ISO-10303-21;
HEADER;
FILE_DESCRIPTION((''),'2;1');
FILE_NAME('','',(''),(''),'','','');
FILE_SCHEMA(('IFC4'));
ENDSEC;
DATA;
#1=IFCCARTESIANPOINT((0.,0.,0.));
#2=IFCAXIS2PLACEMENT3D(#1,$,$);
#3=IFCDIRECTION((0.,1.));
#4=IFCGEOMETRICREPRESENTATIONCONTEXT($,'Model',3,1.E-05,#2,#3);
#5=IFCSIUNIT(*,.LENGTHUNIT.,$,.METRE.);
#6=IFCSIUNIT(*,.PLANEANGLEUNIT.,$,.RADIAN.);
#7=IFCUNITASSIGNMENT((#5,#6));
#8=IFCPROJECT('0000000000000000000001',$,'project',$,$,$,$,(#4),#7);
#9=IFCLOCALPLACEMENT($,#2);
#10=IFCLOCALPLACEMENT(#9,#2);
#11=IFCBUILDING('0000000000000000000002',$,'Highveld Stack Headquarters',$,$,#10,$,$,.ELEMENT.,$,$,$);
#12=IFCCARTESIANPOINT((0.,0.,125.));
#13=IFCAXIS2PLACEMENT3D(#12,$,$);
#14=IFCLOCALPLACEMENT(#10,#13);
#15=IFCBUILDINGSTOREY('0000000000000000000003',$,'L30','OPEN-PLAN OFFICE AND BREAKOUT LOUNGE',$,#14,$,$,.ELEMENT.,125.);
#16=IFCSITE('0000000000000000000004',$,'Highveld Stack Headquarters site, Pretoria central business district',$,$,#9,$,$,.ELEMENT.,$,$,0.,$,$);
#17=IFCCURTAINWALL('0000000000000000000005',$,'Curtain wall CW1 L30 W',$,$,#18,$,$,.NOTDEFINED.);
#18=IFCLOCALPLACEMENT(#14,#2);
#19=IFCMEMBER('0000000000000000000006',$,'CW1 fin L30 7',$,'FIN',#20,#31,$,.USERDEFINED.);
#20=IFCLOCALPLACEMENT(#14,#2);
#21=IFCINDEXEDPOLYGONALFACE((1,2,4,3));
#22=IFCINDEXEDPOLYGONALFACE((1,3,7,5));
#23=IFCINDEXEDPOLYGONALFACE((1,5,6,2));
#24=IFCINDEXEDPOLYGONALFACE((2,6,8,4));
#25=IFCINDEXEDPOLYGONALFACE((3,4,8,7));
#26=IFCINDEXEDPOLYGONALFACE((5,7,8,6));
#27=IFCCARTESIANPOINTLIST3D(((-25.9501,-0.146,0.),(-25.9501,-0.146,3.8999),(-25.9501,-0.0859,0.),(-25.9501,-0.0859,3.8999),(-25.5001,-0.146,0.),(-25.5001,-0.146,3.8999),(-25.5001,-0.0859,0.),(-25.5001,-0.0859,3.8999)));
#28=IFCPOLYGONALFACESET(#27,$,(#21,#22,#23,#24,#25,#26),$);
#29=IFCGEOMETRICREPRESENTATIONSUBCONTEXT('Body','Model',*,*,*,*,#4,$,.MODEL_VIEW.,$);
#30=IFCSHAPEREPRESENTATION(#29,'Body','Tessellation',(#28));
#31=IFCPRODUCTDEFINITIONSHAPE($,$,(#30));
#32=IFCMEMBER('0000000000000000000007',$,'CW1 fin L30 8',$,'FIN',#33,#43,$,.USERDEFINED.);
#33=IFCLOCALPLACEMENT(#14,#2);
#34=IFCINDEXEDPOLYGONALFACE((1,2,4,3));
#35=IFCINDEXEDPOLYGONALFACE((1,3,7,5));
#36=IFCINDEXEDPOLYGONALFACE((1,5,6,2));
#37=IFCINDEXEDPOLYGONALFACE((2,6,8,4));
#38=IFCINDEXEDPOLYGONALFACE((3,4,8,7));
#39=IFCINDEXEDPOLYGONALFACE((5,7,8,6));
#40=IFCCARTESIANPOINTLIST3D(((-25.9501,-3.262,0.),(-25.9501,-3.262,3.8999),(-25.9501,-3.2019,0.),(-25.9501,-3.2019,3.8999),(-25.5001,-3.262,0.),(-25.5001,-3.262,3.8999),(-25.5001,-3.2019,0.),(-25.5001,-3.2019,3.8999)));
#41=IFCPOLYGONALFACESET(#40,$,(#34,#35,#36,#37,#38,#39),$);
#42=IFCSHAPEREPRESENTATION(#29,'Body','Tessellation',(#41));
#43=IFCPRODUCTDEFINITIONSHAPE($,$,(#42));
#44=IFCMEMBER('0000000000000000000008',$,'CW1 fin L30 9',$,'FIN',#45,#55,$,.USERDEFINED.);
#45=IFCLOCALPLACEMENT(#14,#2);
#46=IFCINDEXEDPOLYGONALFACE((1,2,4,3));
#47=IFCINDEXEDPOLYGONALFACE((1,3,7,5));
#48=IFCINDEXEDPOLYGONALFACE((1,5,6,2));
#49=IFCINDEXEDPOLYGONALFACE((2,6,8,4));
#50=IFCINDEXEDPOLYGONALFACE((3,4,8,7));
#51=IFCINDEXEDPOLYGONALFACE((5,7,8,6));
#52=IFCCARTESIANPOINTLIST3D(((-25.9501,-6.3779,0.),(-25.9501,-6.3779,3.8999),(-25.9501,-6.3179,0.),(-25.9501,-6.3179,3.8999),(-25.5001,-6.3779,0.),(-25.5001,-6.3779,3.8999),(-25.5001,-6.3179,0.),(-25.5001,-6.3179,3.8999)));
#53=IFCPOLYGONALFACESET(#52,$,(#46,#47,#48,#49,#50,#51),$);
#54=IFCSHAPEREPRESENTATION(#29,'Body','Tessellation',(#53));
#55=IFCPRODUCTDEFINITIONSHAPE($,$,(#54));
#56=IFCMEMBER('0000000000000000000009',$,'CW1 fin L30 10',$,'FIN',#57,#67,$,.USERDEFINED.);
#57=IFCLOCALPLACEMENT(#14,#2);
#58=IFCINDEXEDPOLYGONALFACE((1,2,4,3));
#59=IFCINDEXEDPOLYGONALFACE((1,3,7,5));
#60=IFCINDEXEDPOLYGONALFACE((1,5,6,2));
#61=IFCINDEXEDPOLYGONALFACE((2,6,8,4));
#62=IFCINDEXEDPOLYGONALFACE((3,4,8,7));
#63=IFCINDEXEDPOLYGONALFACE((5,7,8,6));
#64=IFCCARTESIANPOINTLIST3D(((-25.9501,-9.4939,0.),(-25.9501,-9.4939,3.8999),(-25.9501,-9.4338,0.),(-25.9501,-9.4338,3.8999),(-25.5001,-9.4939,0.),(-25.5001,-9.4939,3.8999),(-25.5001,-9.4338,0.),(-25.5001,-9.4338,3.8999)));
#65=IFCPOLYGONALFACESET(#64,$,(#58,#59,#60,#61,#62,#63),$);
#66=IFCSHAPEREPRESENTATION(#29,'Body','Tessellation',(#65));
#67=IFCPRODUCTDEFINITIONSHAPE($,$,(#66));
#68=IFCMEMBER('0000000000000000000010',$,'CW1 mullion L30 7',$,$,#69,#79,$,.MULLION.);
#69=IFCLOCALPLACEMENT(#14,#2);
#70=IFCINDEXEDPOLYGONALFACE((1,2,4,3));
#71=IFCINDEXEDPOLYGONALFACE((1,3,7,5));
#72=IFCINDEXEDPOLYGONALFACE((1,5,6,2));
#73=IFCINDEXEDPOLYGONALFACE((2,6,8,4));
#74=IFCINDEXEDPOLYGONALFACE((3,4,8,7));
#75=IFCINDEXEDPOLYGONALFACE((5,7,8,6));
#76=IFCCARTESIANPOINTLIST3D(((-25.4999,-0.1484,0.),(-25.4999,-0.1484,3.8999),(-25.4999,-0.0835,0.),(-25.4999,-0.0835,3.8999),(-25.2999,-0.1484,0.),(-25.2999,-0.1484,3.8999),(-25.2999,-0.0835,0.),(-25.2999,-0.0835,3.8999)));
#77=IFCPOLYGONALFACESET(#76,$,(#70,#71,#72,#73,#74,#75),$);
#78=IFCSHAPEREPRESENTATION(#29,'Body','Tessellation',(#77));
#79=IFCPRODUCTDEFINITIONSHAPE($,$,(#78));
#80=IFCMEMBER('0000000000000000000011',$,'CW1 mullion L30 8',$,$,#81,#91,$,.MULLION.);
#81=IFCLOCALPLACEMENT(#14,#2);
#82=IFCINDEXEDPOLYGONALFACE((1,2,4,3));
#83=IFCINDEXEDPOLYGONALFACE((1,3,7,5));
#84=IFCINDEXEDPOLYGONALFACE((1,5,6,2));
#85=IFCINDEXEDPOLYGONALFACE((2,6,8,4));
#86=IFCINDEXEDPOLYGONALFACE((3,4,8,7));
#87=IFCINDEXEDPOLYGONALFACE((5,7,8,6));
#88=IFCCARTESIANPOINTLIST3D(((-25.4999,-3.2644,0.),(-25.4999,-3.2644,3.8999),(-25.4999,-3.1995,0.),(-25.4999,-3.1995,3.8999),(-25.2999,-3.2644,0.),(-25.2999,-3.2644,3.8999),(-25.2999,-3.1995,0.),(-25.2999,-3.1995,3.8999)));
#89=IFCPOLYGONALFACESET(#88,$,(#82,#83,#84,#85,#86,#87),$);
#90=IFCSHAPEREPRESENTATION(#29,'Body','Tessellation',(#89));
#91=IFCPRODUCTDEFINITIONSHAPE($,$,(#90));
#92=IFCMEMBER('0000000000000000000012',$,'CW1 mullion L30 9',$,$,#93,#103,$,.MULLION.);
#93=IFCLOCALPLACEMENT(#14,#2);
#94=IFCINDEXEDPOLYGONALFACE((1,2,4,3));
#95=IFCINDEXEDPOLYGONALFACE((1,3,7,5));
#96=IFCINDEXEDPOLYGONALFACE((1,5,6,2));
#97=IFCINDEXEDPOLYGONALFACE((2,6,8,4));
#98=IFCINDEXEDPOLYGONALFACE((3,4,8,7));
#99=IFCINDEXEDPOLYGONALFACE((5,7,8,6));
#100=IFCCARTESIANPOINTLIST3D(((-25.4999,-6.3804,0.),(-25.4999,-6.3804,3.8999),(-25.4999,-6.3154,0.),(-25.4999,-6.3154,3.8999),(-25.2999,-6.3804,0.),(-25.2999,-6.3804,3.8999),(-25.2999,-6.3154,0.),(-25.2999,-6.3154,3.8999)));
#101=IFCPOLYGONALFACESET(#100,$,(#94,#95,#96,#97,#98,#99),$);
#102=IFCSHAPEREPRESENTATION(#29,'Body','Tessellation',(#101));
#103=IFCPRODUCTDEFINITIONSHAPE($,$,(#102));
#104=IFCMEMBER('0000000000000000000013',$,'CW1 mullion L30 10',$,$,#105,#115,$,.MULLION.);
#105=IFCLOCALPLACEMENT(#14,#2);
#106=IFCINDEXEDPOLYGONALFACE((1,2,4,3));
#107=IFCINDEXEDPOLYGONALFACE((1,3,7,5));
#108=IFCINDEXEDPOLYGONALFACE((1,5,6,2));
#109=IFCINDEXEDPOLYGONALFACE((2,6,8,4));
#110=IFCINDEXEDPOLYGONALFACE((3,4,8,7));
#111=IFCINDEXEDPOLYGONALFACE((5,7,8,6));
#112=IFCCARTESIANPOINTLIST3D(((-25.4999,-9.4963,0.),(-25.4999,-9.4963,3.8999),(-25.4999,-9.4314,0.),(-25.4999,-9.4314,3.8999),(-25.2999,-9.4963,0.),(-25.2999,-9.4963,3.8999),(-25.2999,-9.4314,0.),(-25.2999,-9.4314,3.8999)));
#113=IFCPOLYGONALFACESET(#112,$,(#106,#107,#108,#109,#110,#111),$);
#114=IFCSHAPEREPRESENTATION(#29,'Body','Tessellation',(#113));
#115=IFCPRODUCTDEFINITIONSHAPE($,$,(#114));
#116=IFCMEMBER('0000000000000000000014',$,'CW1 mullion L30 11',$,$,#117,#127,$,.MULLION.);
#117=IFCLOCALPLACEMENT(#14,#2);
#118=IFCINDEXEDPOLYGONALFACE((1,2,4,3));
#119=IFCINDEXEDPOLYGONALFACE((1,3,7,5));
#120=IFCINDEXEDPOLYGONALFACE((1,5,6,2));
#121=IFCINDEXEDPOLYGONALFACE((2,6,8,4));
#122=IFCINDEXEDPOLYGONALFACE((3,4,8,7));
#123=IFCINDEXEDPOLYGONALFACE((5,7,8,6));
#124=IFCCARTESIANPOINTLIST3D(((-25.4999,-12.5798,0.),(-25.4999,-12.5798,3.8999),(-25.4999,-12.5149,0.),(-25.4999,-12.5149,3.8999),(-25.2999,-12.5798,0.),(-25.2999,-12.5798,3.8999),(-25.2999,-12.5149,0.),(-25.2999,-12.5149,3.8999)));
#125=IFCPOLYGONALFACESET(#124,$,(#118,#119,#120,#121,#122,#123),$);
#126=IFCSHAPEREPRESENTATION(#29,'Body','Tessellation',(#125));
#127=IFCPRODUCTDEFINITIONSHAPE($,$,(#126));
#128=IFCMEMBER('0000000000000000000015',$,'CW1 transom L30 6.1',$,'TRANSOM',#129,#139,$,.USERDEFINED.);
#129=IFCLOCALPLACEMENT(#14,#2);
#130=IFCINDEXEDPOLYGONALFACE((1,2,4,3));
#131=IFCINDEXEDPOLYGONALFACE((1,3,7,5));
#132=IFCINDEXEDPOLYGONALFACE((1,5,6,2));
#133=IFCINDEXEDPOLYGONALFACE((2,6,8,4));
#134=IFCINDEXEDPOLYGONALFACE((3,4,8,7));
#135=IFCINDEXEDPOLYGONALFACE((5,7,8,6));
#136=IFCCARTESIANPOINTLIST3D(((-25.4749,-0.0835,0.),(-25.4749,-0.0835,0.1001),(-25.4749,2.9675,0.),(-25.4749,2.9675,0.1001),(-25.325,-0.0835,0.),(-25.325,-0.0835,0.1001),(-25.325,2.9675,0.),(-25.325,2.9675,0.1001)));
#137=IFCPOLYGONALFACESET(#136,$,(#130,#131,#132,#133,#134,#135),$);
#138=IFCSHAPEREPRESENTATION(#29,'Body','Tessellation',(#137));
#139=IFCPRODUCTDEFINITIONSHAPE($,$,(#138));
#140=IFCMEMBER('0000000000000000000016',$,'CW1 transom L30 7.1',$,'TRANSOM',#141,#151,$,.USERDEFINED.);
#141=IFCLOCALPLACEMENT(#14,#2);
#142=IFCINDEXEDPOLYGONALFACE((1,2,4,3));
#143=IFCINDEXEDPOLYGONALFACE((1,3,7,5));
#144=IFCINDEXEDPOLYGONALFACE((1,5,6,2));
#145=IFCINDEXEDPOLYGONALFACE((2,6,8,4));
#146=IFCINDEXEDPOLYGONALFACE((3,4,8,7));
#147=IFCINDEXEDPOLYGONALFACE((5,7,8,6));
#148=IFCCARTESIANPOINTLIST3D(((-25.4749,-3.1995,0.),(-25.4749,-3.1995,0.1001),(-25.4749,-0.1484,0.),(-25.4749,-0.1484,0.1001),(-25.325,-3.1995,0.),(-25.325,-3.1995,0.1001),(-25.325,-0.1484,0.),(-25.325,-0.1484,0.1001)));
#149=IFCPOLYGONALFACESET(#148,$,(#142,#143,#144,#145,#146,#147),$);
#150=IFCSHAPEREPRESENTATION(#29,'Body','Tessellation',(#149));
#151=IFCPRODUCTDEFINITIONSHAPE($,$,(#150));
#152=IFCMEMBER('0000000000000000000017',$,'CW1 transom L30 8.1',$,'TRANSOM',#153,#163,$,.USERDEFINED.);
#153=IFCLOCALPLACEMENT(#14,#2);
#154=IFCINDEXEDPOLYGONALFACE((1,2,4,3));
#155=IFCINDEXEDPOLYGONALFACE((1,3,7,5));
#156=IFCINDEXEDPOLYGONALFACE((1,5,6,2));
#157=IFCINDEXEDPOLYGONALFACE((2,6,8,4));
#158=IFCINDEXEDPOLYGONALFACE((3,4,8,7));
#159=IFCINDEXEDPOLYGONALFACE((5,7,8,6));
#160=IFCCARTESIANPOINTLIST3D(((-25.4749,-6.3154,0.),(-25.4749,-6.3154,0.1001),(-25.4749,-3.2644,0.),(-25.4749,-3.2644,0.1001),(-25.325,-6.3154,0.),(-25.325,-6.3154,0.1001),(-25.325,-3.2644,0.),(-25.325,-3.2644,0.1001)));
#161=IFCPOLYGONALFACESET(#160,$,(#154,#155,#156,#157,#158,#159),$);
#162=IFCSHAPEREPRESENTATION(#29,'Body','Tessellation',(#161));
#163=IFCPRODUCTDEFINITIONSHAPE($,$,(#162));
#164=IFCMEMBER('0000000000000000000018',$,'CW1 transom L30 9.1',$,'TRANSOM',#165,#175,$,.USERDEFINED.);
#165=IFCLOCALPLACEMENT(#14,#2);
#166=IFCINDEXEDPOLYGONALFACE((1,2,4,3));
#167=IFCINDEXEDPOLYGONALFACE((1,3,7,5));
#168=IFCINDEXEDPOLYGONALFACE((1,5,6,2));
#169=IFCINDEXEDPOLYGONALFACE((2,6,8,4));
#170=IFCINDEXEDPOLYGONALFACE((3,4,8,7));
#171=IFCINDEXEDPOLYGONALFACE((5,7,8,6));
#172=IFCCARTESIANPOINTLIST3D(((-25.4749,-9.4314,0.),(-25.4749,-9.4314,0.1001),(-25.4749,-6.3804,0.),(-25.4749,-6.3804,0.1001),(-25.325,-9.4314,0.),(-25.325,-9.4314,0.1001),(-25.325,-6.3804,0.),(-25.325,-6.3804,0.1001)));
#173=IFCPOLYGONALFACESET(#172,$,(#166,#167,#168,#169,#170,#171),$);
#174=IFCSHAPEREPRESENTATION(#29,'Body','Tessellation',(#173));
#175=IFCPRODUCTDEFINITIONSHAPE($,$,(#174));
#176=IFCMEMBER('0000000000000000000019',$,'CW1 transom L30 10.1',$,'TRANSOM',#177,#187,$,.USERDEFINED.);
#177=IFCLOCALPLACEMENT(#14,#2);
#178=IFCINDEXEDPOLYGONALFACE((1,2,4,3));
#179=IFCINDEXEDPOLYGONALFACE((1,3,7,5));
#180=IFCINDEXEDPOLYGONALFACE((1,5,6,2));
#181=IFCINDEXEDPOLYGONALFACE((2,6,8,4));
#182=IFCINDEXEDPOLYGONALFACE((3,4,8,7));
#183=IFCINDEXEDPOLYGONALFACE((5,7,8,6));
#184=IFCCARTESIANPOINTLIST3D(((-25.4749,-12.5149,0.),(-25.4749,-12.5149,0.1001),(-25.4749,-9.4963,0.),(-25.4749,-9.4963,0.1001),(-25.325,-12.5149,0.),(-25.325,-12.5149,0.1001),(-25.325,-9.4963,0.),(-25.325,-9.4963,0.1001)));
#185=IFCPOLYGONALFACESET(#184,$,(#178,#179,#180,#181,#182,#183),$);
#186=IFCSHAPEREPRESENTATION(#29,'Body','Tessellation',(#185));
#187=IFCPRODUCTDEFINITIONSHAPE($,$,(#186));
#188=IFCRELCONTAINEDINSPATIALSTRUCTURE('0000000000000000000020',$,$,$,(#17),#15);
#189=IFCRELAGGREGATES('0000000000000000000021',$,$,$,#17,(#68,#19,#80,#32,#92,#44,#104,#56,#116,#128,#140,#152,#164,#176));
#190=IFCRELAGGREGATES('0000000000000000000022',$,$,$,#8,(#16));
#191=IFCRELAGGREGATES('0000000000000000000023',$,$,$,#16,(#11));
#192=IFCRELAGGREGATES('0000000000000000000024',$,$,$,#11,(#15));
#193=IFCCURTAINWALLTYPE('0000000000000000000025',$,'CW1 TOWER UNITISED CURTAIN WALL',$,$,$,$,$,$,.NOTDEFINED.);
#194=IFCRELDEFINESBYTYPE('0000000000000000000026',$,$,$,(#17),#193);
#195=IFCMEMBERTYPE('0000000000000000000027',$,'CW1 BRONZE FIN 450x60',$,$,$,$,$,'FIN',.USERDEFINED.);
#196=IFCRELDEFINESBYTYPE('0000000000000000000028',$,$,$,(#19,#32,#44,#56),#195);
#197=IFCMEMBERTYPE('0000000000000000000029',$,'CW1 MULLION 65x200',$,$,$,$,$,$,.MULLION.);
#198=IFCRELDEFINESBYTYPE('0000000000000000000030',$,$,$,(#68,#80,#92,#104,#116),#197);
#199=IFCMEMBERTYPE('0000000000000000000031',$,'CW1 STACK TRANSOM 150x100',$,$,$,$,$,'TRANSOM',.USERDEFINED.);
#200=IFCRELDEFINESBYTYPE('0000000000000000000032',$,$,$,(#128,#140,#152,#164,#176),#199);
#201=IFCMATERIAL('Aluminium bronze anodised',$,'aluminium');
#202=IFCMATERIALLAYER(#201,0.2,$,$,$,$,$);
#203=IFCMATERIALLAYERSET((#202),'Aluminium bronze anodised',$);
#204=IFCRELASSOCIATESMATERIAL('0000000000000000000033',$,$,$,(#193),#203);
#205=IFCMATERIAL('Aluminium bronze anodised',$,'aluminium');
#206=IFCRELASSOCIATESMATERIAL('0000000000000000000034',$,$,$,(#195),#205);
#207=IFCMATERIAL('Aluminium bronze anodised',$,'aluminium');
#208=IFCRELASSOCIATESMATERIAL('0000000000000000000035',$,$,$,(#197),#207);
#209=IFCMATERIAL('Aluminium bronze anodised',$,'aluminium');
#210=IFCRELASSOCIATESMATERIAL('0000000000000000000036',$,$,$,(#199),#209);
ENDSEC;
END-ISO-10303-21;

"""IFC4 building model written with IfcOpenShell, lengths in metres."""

from ifc_helpers import new_model, si_unit, direction, frame, origin, origin_2d, place, context, subcontext, project, spatial, rectangle, extrude, material, layer, layer_set, material_profile, profile_set, type_object, element, aggregate, save


model = new_model("IFC4")

# Units and contexts
model_context = context("Model", 3, precision=1e-05, world=origin(), true_north=direction((0.0, 1.0)))
body_context = subcontext(model_context, "Body", "Model", "MODEL_VIEW")
ifc_project = project(units=[si_unit("LENGTHUNIT", "METRE"), si_unit("PLANEANGLEUNIT", "RADIAN")], contexts=[model_context])

# Site, building, storey
site_placement = place(None, origin())
site = spatial("IfcSite", under=ifc_project, at=site_placement, Name="Highveld Stack Headquarters site, Pretoria central business district", CompositionType="ELEMENT", RefElevation=0.0)
building_placement = place(site_placement, origin())
building = spatial("IfcBuilding", under=site, at=building_placement, Name="Highveld Stack Headquarters", CompositionType="ELEMENT")
storey_placement = place(building_placement, frame((0.0, 0.0, 125.0)))
storey = spatial("IfcBuildingStorey", under=building, at=storey_placement, Name="L30", Description="OPEN-PLAN OFFICE AND BREAKOUT LOUNGE", CompositionType="ELEMENT", Elevation=125.0)

# Curtain wall, members
ifc_material_1 = material(Name="Aluminium bronze anodised", Category="aluminium")
ifc_layer_1 = layer(ifc_material_1, 0.2)
ifc_layer_set_1 = layer_set([ifc_layer_1], Name="Aluminium bronze anodised")
curtain_wall_type = type_object("IfcCurtainWallType", Name="CW1 TOWER UNITISED CURTAIN WALL", PredefinedType="NOTDEFINED", material=ifc_layer_set_1)
curtain_wall_placement = place(storey_placement, origin())
curtain_wall = element("IfcCurtainWall", 1, at=curtain_wall_placement, inside=storey, type_object=curtain_wall_type, Name="Curtain wall CW1 L30 W", PredefinedType="NOTDEFINED")
ifc_material_2 = material(Name="Aluminium bronze anodised", Category="aluminium")
ifc_material_profile_1 = material_profile(ifc_material_2, rectangle(XDim=0.45, YDim=0.0601, at=origin_2d()), Name="FIN 450x60")
ifc_profile_set_1 = profile_set([ifc_material_profile_1], Name="Aluminium bronze anodised")
member_type_1 = type_object("IfcMemberType", Name="CW1 BRONZE FIN 450x60", ElementType="FIN", PredefinedType="USERDEFINED", material=ifc_profile_set_1)
member_1_placement = place(storey_placement, frame((-25.7251, -0.116, 0.0), z_axis=(0.0, 0.0, 1.0), x_axis=(1.0, 0.0, 0.0)))
member_1 = element("IfcMember", 2, at=member_1_placement, type_object=member_type_1, Name="CW1 fin L30 7", ObjectType="FIN", PredefinedType="USERDEFINED", context=body_context, shape_type="SweptSolid", body=[
    extrude(rectangle(XDim=0.45, YDim=0.0601, at=origin_2d()), origin(), (0.0, 0.0, 1.0), 3.8999),
])
member_2_placement = place(storey_placement, frame((-25.7251, -3.2319, 0.0), z_axis=(0.0, 0.0, 1.0), x_axis=(1.0, 0.0, 0.0)))
member_2 = element("IfcMember", 3, at=member_2_placement, type_object=member_type_1, Name="CW1 fin L30 8", ObjectType="FIN", PredefinedType="USERDEFINED", context=body_context, shape_type="SweptSolid", body=[
    extrude(rectangle(XDim=0.45, YDim=0.0601, at=origin_2d()), origin(), (0.0, 0.0, 1.0), 3.8999),
])
member_3_placement = place(storey_placement, frame((-25.7251, -6.3479, 0.0), z_axis=(0.0, 0.0, 1.0), x_axis=(1.0, 0.0, 0.0)))
member_3 = element("IfcMember", 4, at=member_3_placement, type_object=member_type_1, Name="CW1 fin L30 9", ObjectType="FIN", PredefinedType="USERDEFINED", context=body_context, shape_type="SweptSolid", body=[
    extrude(rectangle(XDim=0.45, YDim=0.0601, at=origin_2d()), origin(), (0.0, 0.0, 1.0), 3.8999),
])
member_4_placement = place(storey_placement, frame((-25.7251, -9.4639, 0.0), z_axis=(0.0, 0.0, 1.0), x_axis=(1.0, 0.0, 0.0)))
member_4 = element("IfcMember", 5, at=member_4_placement, type_object=member_type_1, Name="CW1 fin L30 10", ObjectType="FIN", PredefinedType="USERDEFINED", context=body_context, shape_type="SweptSolid", body=[
    extrude(rectangle(XDim=0.45, YDim=0.0601, at=origin_2d()), origin(), (0.0, 0.0, 1.0), 3.8999),
])
ifc_material_3 = material(Name="Aluminium bronze anodised", Category="aluminium")
ifc_material_profile_2 = material_profile(ifc_material_3, rectangle(XDim=0.2, YDim=0.0649, at=origin_2d()), Name="CW1 MULLION 65x200")
ifc_profile_set_2 = profile_set([ifc_material_profile_2], Name="Aluminium bronze anodised")
member_type_2 = type_object("IfcMemberType", Name="CW1 MULLION 65x200", PredefinedType="MULLION", material=ifc_profile_set_2)
member_5_placement = place(storey_placement, frame((-25.3999, -0.116, 0.0), z_axis=(0.0, 0.0, 1.0), x_axis=(1.0, 0.0, 0.0)))
member_5 = element("IfcMember", 6, at=member_5_placement, type_object=member_type_2, Name="CW1 mullion L30 7", PredefinedType="MULLION", context=body_context, shape_type="SweptSolid", body=[
    extrude(rectangle(XDim=0.2, YDim=0.0649, at=origin_2d()), origin(), (0.0, 0.0, 1.0), 3.8999),
])
member_6_placement = place(storey_placement, frame((-25.3999, -3.2319, 0.0), z_axis=(0.0, 0.0, 1.0), x_axis=(1.0, 0.0, 0.0)))
member_6 = element("IfcMember", 7, at=member_6_placement, type_object=member_type_2, Name="CW1 mullion L30 8", PredefinedType="MULLION", context=body_context, shape_type="SweptSolid", body=[
    extrude(rectangle(XDim=0.2, YDim=0.0649, at=origin_2d()), origin(), (0.0, 0.0, 1.0), 3.8999),
])
member_7_placement = place(storey_placement, frame((-25.3999, -6.3479, 0.0), z_axis=(0.0, 0.0, 1.0), x_axis=(1.0, 0.0, 0.0)))
member_7 = element("IfcMember", 8, at=member_7_placement, type_object=member_type_2, Name="CW1 mullion L30 9", PredefinedType="MULLION", context=body_context, shape_type="SweptSolid", body=[
    extrude(rectangle(XDim=0.2, YDim=0.0649, at=origin_2d()), origin(), (0.0, 0.0, 1.0), 3.8999),
])
member_8_placement = place(storey_placement, frame((-25.3999, -9.4639, 0.0), z_axis=(0.0, 0.0, 1.0), x_axis=(1.0, 0.0, 0.0)))
member_8 = element("IfcMember", 9, at=member_8_placement, type_object=member_type_2, Name="CW1 mullion L30 10", PredefinedType="MULLION", context=body_context, shape_type="SweptSolid", body=[
    extrude(rectangle(XDim=0.2, YDim=0.0649, at=origin_2d()), origin(), (0.0, 0.0, 1.0), 3.8999),
])
member_9_placement = place(storey_placement, frame((-25.3999, -12.5474, 0.0), z_axis=(0.0, 0.0, 1.0), x_axis=(1.0, 0.0, 0.0)))
member_9 = element("IfcMember", 10, at=member_9_placement, type_object=member_type_2, Name="CW1 mullion L30 11", PredefinedType="MULLION", context=body_context, shape_type="SweptSolid", body=[
    extrude(rectangle(XDim=0.2, YDim=0.0649, at=origin_2d()), origin(), (0.0, 0.0, 1.0), 3.8999),
])
ifc_material_4 = material(Name="Aluminium bronze anodised", Category="aluminium")
ifc_material_profile_3 = material_profile(ifc_material_4, rectangle(XDim=0.1499, YDim=0.1001, at=origin_2d()), Name="CW1 TRANSOM 150x100")
ifc_profile_set_3 = profile_set([ifc_material_profile_3], Name="Aluminium bronze anodised")
member_type_3 = type_object("IfcMemberType", Name="CW1 STACK TRANSOM 150x100", ElementType="TRANSOM", PredefinedType="USERDEFINED", material=ifc_profile_set_3)
member_10_placement = place(storey_placement, frame((-25.3999, 2.9675, 0.05), z_axis=(0.0, -1.0, 0.0), x_axis=(1.0, 0.0, 0.0)))
member_10 = element("IfcMember", 11, at=member_10_placement, type_object=member_type_3, Name="CW1 transom L30 6.1", ObjectType="TRANSOM", PredefinedType="USERDEFINED", context=body_context, shape_type="SweptSolid", body=[
    extrude(rectangle(XDim=0.1499, YDim=0.1001, at=origin_2d()), origin(), (0.0, 0.0, 1.0), 3.051),
])
member_11_placement = place(storey_placement, frame((-25.3999, -0.1484, 0.05), z_axis=(0.0, -1.0, 0.0), x_axis=(1.0, 0.0, 0.0)))
member_11 = element("IfcMember", 12, at=member_11_placement, type_object=member_type_3, Name="CW1 transom L30 7.1", ObjectType="TRANSOM", PredefinedType="USERDEFINED", context=body_context, shape_type="SweptSolid", body=[
    extrude(rectangle(XDim=0.1499, YDim=0.1001, at=origin_2d()), origin(), (0.0, 0.0, 1.0), 3.051),
])
member_12_placement = place(storey_placement, frame((-25.3999, -3.2644, 0.05), z_axis=(0.0, -1.0, 0.0), x_axis=(1.0, 0.0, 0.0)))
member_12 = element("IfcMember", 13, at=member_12_placement, type_object=member_type_3, Name="CW1 transom L30 8.1", ObjectType="TRANSOM", PredefinedType="USERDEFINED", context=body_context, shape_type="SweptSolid", body=[
    extrude(rectangle(XDim=0.1499, YDim=0.1001, at=origin_2d()), origin(), (0.0, 0.0, 1.0), 3.051),
])
member_13_placement = place(storey_placement, frame((-25.3999, -6.3804, 0.05), z_axis=(0.0, -1.0, 0.0), x_axis=(1.0, 0.0, 0.0)))
member_13 = element("IfcMember", 14, at=member_13_placement, type_object=member_type_3, Name="CW1 transom L30 9.1", ObjectType="TRANSOM", PredefinedType="USERDEFINED", context=body_context, shape_type="SweptSolid", body=[
    extrude(rectangle(XDim=0.1499, YDim=0.1001, at=origin_2d()), origin(), (0.0, 0.0, 1.0), 3.051),
])
member_14_placement = place(storey_placement, frame((-25.3999, -9.4963, 0.05), z_axis=(0.0, -1.0, 0.0), x_axis=(1.0, 0.0, 0.0)))
member_14 = element("IfcMember", 15, at=member_14_placement, type_object=member_type_3, Name="CW1 transom L30 10.1", ObjectType="TRANSOM", PredefinedType="USERDEFINED", context=body_context, shape_type="SweptSolid", body=[
    extrude(rectangle(XDim=0.1499, YDim=0.1001, at=origin_2d()), origin(), (0.0, 0.0, 1.0), 3.0186),
])

aggregate(curtain_wall, [member_5, member_1, member_6, member_2, member_7, member_3, member_8, member_4, member_9, member_10, member_11, member_12, member_13, member_14])

save(model, "model.ifc")
